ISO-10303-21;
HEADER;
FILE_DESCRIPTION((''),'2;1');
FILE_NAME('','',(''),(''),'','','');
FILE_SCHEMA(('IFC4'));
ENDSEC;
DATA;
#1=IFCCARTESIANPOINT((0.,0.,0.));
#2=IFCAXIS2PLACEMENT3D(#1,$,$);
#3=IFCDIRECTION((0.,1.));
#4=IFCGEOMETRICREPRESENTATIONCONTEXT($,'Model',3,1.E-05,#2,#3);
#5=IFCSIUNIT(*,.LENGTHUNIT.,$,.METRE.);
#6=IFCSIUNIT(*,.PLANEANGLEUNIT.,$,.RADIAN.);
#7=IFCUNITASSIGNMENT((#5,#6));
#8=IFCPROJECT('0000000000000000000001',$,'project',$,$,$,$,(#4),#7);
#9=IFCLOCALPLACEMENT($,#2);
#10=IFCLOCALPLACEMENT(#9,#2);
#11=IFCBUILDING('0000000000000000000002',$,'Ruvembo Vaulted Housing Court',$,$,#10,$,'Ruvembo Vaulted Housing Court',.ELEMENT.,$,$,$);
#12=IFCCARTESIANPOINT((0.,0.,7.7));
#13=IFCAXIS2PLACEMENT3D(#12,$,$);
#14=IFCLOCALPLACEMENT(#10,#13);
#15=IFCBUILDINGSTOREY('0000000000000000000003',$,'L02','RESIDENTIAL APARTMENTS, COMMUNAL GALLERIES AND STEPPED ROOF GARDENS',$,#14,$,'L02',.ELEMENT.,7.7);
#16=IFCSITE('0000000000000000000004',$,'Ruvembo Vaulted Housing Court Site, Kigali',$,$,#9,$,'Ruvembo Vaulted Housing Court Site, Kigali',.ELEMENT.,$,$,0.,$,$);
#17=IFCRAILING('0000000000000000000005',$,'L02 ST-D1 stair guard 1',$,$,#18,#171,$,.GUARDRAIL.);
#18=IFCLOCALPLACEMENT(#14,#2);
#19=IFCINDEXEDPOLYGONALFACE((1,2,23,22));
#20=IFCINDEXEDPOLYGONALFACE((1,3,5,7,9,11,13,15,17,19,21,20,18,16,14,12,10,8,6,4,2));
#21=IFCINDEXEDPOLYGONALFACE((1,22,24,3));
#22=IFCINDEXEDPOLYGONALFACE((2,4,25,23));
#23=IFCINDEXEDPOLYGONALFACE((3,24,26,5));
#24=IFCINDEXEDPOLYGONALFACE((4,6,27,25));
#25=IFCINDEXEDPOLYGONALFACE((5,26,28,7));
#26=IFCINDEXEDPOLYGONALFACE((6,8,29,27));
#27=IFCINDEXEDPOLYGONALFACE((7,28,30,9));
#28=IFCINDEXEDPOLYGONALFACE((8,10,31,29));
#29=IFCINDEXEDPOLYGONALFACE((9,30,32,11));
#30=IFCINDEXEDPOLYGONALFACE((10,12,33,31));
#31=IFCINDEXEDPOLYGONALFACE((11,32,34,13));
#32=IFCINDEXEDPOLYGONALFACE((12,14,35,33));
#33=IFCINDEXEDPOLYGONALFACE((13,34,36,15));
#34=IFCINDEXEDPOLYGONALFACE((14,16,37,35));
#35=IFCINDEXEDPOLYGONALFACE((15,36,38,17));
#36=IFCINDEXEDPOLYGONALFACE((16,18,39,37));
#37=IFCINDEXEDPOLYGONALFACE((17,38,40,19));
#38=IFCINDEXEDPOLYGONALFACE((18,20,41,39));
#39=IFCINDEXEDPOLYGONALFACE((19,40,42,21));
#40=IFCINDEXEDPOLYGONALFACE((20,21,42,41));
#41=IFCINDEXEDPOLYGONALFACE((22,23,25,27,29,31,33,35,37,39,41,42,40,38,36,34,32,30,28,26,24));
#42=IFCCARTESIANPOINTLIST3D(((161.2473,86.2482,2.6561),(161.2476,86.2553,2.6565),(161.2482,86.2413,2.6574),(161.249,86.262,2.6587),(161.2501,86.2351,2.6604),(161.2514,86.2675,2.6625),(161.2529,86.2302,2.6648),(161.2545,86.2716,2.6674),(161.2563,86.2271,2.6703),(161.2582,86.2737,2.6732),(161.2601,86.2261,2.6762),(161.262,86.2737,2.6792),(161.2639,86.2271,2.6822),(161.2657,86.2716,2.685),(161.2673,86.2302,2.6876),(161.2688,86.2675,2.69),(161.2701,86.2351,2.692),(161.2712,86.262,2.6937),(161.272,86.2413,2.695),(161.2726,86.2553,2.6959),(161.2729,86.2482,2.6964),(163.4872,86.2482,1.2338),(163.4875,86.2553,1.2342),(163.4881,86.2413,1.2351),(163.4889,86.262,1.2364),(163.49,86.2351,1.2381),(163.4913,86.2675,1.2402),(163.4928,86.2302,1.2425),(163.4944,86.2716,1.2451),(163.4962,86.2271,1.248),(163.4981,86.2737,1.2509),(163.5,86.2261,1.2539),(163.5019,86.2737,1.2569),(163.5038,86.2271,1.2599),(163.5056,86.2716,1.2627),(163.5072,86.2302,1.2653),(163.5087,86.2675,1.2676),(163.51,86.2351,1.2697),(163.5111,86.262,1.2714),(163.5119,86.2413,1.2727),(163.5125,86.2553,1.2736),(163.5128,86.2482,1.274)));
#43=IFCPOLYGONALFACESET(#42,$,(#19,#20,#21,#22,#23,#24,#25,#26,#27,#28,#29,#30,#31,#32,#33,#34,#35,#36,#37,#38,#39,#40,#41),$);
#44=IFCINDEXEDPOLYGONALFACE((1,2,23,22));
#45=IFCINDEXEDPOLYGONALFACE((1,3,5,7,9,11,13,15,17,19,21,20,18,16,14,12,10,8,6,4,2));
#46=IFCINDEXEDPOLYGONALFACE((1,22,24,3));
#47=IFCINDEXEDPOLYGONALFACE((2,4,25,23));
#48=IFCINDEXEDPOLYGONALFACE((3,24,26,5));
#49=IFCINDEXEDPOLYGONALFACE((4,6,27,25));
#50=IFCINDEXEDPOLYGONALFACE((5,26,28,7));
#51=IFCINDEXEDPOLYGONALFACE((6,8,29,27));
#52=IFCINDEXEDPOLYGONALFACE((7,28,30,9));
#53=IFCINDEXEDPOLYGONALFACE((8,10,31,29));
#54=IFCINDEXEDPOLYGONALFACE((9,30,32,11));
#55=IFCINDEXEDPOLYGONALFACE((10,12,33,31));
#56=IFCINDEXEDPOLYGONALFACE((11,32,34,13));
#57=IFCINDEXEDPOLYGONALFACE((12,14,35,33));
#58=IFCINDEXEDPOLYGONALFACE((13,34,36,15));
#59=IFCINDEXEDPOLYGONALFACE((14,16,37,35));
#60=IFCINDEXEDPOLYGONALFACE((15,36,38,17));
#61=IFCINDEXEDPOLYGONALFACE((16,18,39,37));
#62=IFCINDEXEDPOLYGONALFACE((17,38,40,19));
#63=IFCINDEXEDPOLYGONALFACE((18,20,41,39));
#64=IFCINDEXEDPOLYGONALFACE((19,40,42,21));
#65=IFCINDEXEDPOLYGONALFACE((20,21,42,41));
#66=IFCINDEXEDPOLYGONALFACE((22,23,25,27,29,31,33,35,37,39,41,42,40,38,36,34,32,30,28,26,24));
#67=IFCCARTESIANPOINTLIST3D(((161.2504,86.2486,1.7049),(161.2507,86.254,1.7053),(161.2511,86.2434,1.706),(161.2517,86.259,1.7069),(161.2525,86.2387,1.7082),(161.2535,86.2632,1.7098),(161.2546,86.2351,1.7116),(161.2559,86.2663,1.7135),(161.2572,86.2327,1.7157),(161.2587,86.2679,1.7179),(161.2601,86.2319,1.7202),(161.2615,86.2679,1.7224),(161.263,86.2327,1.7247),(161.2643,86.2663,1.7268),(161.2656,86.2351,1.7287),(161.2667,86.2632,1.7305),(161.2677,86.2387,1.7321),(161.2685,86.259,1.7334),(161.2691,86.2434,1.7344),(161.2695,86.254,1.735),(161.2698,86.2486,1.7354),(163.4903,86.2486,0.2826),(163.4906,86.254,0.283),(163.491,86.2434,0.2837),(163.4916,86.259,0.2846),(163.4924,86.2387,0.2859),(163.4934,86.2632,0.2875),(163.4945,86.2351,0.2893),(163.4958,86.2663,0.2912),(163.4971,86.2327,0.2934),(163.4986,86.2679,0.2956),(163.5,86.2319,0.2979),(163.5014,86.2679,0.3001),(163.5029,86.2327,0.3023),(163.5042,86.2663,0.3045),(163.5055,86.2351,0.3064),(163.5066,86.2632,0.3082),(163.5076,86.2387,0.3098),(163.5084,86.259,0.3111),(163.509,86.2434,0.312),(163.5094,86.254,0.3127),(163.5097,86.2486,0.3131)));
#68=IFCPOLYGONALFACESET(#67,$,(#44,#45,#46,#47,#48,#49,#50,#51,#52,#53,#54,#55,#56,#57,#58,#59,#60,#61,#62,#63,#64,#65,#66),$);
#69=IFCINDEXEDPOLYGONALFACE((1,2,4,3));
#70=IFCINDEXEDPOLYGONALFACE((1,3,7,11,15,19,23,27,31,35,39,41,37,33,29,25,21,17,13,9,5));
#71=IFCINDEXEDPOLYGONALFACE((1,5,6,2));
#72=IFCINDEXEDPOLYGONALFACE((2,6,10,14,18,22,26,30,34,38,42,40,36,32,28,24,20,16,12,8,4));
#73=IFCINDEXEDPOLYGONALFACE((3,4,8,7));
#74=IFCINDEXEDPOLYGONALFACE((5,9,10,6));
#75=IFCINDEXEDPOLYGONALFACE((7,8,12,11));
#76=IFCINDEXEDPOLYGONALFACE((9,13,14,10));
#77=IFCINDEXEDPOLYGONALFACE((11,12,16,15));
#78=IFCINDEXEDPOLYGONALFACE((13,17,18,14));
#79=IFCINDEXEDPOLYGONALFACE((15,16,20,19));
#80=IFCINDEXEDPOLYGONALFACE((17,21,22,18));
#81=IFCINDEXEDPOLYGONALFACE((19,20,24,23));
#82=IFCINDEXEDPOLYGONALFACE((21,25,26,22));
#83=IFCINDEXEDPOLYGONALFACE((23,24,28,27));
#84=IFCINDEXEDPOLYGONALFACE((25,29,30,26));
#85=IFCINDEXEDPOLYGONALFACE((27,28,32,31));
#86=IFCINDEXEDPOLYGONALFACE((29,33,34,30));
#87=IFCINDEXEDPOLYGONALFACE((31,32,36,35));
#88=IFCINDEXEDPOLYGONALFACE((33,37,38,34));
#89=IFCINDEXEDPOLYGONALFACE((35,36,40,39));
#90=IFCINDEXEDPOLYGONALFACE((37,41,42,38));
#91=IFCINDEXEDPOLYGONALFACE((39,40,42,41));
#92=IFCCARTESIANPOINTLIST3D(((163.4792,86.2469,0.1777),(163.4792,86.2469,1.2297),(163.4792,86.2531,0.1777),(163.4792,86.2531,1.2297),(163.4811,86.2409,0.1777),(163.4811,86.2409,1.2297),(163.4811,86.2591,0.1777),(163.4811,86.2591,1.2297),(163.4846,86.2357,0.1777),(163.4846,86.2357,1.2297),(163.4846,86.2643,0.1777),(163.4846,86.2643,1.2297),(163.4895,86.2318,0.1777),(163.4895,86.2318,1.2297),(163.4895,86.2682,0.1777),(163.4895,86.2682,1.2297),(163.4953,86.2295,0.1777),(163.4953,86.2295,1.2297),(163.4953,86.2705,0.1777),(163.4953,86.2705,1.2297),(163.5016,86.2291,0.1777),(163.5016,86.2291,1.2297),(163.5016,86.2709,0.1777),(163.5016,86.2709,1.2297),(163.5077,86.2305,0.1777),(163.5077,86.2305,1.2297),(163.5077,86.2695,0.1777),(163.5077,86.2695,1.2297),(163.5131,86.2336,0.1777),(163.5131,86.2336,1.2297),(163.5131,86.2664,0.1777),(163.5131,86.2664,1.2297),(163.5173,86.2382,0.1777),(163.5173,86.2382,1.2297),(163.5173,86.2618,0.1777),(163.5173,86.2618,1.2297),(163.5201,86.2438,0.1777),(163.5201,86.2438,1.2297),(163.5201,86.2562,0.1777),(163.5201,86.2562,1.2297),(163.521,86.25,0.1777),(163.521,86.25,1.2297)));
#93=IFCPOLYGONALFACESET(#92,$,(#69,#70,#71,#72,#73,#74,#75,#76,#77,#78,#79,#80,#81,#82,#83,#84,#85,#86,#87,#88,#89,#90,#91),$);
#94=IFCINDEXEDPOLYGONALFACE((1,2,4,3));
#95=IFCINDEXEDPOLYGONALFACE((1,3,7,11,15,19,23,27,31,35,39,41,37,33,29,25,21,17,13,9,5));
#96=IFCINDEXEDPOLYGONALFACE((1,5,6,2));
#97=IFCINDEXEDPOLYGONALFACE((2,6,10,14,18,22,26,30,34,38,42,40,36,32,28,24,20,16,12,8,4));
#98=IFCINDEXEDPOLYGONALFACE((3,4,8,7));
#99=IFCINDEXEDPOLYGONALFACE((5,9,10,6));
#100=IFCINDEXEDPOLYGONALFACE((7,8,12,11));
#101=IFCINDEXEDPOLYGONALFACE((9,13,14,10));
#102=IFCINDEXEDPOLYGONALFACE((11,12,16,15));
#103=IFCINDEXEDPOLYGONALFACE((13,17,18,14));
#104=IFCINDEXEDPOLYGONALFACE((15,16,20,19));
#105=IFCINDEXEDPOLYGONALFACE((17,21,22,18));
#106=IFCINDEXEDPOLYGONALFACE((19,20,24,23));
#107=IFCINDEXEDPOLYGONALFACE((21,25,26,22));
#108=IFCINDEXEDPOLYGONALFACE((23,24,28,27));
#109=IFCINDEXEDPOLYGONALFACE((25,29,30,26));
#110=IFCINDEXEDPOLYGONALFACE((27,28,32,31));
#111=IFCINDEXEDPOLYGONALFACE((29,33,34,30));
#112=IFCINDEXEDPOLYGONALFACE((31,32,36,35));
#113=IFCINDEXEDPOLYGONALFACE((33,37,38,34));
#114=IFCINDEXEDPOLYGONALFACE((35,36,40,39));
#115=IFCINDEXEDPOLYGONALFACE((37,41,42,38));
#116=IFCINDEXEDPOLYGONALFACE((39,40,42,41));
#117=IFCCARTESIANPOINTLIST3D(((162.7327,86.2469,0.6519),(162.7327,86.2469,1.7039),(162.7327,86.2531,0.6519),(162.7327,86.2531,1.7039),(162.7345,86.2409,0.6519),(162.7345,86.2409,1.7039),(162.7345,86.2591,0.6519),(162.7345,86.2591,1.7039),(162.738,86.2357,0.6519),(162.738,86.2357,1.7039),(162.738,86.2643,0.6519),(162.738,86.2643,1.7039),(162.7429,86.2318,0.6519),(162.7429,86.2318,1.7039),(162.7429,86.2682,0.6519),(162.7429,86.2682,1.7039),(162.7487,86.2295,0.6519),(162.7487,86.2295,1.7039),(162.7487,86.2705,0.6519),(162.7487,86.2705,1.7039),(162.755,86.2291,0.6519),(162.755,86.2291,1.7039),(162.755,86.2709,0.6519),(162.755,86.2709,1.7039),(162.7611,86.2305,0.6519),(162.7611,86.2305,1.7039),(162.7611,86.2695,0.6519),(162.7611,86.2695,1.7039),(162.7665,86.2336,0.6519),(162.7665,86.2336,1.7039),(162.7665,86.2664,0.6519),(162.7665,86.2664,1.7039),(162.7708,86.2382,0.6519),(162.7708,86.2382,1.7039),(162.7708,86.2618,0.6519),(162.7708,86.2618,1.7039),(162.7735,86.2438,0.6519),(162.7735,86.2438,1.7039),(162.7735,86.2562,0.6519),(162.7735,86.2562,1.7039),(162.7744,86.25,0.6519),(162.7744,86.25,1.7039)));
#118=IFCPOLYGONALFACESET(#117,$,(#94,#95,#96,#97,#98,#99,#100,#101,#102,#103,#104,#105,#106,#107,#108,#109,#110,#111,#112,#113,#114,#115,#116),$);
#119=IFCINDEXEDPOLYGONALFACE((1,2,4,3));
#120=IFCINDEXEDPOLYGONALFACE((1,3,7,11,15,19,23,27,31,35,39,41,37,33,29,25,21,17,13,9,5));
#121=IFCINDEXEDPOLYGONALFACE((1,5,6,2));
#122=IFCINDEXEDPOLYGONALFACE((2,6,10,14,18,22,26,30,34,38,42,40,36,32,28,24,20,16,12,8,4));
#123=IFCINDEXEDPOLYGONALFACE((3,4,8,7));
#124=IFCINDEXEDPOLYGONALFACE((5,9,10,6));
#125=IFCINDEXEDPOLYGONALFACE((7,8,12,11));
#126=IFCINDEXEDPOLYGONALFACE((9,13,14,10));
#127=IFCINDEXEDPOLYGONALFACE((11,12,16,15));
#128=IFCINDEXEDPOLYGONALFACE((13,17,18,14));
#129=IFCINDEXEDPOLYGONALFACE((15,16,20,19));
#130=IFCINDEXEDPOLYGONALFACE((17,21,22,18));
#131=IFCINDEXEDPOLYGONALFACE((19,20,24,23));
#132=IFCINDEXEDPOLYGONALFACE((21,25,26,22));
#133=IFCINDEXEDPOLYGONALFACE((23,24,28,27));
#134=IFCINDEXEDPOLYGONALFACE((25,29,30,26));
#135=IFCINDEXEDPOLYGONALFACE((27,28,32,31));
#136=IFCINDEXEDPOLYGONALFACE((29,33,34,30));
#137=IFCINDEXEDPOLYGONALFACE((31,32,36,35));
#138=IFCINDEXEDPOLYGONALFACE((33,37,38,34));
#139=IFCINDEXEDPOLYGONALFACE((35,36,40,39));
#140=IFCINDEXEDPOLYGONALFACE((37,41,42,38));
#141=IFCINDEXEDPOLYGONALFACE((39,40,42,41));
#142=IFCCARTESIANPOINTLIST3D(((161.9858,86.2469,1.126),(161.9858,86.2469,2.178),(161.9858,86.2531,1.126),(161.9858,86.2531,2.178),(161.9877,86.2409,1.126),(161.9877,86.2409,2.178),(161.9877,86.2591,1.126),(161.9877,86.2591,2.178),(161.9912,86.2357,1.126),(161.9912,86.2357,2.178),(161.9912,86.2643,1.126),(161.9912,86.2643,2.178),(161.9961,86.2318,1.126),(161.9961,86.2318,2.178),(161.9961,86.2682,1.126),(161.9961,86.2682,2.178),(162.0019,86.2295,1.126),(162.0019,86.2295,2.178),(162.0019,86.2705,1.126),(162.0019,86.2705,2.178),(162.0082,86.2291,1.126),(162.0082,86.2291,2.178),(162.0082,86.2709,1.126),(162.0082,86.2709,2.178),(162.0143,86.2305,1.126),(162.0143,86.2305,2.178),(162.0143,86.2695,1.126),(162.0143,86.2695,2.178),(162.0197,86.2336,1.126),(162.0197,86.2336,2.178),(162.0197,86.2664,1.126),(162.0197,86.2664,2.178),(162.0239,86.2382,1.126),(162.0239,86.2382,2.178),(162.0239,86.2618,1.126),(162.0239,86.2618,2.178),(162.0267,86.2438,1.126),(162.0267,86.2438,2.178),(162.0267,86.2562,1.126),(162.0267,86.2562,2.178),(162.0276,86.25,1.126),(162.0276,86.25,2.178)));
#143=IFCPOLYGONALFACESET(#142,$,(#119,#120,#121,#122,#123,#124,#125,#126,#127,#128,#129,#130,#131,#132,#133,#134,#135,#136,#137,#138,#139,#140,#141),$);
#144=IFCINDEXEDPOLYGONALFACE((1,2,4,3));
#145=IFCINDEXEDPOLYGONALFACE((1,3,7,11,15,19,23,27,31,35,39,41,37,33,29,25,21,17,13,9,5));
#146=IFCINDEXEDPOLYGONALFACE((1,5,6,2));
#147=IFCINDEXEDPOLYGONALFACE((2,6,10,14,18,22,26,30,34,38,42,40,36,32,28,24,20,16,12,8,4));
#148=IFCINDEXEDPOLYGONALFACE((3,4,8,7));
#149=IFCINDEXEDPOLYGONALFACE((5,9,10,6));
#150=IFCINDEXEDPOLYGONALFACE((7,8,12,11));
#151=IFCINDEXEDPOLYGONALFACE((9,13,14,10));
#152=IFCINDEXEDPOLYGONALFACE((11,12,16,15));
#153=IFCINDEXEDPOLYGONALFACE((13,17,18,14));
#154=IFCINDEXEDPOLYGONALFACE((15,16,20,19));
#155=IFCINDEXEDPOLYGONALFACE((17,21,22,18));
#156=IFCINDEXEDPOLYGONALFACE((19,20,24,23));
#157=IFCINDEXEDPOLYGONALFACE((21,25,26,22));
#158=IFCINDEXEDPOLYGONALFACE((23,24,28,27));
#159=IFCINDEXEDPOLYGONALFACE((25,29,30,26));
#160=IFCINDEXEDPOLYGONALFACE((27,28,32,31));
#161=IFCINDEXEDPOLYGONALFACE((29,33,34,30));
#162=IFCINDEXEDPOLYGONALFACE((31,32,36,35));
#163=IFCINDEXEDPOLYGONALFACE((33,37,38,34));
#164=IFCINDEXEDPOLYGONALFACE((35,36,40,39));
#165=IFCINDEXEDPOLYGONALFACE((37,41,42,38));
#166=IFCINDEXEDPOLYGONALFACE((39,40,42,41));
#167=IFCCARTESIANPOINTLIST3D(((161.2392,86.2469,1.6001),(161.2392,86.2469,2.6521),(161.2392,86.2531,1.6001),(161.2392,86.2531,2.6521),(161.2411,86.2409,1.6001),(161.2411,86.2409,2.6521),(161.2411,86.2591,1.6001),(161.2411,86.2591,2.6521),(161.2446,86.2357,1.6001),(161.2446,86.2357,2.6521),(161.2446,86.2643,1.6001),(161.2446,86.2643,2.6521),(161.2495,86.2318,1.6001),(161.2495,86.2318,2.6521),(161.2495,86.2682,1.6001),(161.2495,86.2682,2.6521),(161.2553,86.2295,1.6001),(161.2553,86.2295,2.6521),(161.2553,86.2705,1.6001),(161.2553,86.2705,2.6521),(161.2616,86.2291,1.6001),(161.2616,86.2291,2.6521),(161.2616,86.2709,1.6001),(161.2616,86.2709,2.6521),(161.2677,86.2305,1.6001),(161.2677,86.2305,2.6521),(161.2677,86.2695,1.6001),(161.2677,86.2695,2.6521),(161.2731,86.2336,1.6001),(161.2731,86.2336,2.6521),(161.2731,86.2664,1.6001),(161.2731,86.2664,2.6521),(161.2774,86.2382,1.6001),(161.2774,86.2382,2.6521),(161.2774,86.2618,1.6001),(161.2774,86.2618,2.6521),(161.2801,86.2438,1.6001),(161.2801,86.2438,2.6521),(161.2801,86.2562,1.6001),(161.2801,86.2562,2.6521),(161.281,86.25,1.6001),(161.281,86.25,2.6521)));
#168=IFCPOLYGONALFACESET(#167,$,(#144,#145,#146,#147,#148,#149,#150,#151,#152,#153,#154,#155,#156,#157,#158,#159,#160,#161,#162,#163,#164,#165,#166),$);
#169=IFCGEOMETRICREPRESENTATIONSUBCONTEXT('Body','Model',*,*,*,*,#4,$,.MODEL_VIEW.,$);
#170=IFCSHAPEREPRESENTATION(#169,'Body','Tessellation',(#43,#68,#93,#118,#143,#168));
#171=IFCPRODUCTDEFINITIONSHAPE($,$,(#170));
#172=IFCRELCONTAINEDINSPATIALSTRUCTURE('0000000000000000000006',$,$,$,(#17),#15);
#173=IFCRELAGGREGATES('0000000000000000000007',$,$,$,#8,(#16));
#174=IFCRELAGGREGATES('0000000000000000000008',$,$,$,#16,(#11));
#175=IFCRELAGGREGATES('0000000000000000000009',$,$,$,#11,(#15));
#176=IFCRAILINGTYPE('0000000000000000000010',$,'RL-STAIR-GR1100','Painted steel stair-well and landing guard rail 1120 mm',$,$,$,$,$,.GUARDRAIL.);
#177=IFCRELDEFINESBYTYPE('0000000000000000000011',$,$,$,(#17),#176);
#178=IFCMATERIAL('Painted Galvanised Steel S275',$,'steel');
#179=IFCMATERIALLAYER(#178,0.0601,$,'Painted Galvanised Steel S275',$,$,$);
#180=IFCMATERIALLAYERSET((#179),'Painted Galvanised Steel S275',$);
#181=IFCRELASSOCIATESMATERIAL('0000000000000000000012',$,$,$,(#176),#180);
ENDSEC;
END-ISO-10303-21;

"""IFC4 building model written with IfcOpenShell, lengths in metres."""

from ifc_helpers import new_model, si_unit, direction, frame, origin, origin_2d, place, context, subcontext, project, spatial, circle, extrude, material, layer, layer_set, type_object, element, save


model = new_model("IFC4")

# Units and contexts
model_context = context("Model", 3, precision=1e-05, world=origin(), true_north=direction((0.0, 1.0)))
body_context = subcontext(model_context, "Body", "Model", "MODEL_VIEW")
ifc_project = project(units=[si_unit("LENGTHUNIT", "METRE"), si_unit("PLANEANGLEUNIT", "RADIAN")], contexts=[model_context])

# Site, building, storey
site_placement = place(None, origin())
site = spatial("IfcSite", under=ifc_project, at=site_placement, Name="Ruvembo Vaulted Housing Court Site, Kigali", LongName="Ruvembo Vaulted Housing Court Site, Kigali", CompositionType="ELEMENT", RefElevation=0.0)
building_placement = place(site_placement, origin())
building = spatial("IfcBuilding", under=site, at=building_placement, Name="Ruvembo Vaulted Housing Court", LongName="Ruvembo Vaulted Housing Court", CompositionType="ELEMENT")
storey_placement = place(building_placement, frame((0.0, 0.0, 7.7)))
storey = spatial("IfcBuildingStorey", under=building, at=storey_placement, Name="L02", Description="RESIDENTIAL APARTMENTS, COMMUNAL GALLERIES AND STEPPED ROOF GARDENS", LongName="L02", CompositionType="ELEMENT", Elevation=7.7)

# Railing
ifc_material_1 = material(Name="Painted Galvanised Steel S275", Category="steel")
ifc_layer_1 = layer(ifc_material_1, 0.0601, Name="Painted Galvanised Steel S275")
ifc_layer_set_1 = layer_set([ifc_layer_1], Name="Painted Galvanised Steel S275")
railing_type_1 = type_object("IfcRailingType", Name="RL-STAIR-GR1100", Description="Painted steel stair-well and landing guard rail 1120 mm", PredefinedType="GUARDRAIL", material=ifc_layer_set_1)
railing_1_placement = place(storey_placement, frame((163.5, 86.25, 0.1777)))
element("IfcRailing", 1, at=railing_1_placement, inside=storey, type_object=railing_type_1, Name="L02 ST-D1 stair guard 1", PredefinedType="GUARDRAIL", context=body_context, shape_type="SweptSolid", body=[
    extrude(circle(Radius=0.0239, at=origin_2d()), frame((0.0, 0.0, 1.0762), z_axis=(-0.844188, 0.0, 0.536048), x_axis=(0.0, -1.0, 0.0)), (0.0, 0.0, 1.0), 2.6533),
    extrude(circle(Radius=0.0181, at=origin_2d()), frame((0.0, 0.0, 0.1201), z_axis=(-0.844188, 0.0, 0.536048), x_axis=(0.0, -1.0, 0.0)), (0.0, 0.0, 1.0), 2.6533),
    extrude(circle(Radius=0.021, at=origin_2d()), origin(), (0.0, 0.0, 1.0), 1.052),
    extrude(circle(Radius=0.021, at=origin_2d()), frame((-0.7466, 0.0, 0.4741)), (0.0, 0.0, 1.0), 1.052),
    extrude(circle(Radius=0.021, at=origin_2d()), frame((-1.4934, 0.0, 0.9482)), (0.0, 0.0, 1.0), 1.052),
    extrude(circle(Radius=0.021, at=origin_2d()), frame((-2.24, 0.0, 1.4224)), (0.0, 0.0, 1.0), 1.052),
])

save(model, "model.ifc")
